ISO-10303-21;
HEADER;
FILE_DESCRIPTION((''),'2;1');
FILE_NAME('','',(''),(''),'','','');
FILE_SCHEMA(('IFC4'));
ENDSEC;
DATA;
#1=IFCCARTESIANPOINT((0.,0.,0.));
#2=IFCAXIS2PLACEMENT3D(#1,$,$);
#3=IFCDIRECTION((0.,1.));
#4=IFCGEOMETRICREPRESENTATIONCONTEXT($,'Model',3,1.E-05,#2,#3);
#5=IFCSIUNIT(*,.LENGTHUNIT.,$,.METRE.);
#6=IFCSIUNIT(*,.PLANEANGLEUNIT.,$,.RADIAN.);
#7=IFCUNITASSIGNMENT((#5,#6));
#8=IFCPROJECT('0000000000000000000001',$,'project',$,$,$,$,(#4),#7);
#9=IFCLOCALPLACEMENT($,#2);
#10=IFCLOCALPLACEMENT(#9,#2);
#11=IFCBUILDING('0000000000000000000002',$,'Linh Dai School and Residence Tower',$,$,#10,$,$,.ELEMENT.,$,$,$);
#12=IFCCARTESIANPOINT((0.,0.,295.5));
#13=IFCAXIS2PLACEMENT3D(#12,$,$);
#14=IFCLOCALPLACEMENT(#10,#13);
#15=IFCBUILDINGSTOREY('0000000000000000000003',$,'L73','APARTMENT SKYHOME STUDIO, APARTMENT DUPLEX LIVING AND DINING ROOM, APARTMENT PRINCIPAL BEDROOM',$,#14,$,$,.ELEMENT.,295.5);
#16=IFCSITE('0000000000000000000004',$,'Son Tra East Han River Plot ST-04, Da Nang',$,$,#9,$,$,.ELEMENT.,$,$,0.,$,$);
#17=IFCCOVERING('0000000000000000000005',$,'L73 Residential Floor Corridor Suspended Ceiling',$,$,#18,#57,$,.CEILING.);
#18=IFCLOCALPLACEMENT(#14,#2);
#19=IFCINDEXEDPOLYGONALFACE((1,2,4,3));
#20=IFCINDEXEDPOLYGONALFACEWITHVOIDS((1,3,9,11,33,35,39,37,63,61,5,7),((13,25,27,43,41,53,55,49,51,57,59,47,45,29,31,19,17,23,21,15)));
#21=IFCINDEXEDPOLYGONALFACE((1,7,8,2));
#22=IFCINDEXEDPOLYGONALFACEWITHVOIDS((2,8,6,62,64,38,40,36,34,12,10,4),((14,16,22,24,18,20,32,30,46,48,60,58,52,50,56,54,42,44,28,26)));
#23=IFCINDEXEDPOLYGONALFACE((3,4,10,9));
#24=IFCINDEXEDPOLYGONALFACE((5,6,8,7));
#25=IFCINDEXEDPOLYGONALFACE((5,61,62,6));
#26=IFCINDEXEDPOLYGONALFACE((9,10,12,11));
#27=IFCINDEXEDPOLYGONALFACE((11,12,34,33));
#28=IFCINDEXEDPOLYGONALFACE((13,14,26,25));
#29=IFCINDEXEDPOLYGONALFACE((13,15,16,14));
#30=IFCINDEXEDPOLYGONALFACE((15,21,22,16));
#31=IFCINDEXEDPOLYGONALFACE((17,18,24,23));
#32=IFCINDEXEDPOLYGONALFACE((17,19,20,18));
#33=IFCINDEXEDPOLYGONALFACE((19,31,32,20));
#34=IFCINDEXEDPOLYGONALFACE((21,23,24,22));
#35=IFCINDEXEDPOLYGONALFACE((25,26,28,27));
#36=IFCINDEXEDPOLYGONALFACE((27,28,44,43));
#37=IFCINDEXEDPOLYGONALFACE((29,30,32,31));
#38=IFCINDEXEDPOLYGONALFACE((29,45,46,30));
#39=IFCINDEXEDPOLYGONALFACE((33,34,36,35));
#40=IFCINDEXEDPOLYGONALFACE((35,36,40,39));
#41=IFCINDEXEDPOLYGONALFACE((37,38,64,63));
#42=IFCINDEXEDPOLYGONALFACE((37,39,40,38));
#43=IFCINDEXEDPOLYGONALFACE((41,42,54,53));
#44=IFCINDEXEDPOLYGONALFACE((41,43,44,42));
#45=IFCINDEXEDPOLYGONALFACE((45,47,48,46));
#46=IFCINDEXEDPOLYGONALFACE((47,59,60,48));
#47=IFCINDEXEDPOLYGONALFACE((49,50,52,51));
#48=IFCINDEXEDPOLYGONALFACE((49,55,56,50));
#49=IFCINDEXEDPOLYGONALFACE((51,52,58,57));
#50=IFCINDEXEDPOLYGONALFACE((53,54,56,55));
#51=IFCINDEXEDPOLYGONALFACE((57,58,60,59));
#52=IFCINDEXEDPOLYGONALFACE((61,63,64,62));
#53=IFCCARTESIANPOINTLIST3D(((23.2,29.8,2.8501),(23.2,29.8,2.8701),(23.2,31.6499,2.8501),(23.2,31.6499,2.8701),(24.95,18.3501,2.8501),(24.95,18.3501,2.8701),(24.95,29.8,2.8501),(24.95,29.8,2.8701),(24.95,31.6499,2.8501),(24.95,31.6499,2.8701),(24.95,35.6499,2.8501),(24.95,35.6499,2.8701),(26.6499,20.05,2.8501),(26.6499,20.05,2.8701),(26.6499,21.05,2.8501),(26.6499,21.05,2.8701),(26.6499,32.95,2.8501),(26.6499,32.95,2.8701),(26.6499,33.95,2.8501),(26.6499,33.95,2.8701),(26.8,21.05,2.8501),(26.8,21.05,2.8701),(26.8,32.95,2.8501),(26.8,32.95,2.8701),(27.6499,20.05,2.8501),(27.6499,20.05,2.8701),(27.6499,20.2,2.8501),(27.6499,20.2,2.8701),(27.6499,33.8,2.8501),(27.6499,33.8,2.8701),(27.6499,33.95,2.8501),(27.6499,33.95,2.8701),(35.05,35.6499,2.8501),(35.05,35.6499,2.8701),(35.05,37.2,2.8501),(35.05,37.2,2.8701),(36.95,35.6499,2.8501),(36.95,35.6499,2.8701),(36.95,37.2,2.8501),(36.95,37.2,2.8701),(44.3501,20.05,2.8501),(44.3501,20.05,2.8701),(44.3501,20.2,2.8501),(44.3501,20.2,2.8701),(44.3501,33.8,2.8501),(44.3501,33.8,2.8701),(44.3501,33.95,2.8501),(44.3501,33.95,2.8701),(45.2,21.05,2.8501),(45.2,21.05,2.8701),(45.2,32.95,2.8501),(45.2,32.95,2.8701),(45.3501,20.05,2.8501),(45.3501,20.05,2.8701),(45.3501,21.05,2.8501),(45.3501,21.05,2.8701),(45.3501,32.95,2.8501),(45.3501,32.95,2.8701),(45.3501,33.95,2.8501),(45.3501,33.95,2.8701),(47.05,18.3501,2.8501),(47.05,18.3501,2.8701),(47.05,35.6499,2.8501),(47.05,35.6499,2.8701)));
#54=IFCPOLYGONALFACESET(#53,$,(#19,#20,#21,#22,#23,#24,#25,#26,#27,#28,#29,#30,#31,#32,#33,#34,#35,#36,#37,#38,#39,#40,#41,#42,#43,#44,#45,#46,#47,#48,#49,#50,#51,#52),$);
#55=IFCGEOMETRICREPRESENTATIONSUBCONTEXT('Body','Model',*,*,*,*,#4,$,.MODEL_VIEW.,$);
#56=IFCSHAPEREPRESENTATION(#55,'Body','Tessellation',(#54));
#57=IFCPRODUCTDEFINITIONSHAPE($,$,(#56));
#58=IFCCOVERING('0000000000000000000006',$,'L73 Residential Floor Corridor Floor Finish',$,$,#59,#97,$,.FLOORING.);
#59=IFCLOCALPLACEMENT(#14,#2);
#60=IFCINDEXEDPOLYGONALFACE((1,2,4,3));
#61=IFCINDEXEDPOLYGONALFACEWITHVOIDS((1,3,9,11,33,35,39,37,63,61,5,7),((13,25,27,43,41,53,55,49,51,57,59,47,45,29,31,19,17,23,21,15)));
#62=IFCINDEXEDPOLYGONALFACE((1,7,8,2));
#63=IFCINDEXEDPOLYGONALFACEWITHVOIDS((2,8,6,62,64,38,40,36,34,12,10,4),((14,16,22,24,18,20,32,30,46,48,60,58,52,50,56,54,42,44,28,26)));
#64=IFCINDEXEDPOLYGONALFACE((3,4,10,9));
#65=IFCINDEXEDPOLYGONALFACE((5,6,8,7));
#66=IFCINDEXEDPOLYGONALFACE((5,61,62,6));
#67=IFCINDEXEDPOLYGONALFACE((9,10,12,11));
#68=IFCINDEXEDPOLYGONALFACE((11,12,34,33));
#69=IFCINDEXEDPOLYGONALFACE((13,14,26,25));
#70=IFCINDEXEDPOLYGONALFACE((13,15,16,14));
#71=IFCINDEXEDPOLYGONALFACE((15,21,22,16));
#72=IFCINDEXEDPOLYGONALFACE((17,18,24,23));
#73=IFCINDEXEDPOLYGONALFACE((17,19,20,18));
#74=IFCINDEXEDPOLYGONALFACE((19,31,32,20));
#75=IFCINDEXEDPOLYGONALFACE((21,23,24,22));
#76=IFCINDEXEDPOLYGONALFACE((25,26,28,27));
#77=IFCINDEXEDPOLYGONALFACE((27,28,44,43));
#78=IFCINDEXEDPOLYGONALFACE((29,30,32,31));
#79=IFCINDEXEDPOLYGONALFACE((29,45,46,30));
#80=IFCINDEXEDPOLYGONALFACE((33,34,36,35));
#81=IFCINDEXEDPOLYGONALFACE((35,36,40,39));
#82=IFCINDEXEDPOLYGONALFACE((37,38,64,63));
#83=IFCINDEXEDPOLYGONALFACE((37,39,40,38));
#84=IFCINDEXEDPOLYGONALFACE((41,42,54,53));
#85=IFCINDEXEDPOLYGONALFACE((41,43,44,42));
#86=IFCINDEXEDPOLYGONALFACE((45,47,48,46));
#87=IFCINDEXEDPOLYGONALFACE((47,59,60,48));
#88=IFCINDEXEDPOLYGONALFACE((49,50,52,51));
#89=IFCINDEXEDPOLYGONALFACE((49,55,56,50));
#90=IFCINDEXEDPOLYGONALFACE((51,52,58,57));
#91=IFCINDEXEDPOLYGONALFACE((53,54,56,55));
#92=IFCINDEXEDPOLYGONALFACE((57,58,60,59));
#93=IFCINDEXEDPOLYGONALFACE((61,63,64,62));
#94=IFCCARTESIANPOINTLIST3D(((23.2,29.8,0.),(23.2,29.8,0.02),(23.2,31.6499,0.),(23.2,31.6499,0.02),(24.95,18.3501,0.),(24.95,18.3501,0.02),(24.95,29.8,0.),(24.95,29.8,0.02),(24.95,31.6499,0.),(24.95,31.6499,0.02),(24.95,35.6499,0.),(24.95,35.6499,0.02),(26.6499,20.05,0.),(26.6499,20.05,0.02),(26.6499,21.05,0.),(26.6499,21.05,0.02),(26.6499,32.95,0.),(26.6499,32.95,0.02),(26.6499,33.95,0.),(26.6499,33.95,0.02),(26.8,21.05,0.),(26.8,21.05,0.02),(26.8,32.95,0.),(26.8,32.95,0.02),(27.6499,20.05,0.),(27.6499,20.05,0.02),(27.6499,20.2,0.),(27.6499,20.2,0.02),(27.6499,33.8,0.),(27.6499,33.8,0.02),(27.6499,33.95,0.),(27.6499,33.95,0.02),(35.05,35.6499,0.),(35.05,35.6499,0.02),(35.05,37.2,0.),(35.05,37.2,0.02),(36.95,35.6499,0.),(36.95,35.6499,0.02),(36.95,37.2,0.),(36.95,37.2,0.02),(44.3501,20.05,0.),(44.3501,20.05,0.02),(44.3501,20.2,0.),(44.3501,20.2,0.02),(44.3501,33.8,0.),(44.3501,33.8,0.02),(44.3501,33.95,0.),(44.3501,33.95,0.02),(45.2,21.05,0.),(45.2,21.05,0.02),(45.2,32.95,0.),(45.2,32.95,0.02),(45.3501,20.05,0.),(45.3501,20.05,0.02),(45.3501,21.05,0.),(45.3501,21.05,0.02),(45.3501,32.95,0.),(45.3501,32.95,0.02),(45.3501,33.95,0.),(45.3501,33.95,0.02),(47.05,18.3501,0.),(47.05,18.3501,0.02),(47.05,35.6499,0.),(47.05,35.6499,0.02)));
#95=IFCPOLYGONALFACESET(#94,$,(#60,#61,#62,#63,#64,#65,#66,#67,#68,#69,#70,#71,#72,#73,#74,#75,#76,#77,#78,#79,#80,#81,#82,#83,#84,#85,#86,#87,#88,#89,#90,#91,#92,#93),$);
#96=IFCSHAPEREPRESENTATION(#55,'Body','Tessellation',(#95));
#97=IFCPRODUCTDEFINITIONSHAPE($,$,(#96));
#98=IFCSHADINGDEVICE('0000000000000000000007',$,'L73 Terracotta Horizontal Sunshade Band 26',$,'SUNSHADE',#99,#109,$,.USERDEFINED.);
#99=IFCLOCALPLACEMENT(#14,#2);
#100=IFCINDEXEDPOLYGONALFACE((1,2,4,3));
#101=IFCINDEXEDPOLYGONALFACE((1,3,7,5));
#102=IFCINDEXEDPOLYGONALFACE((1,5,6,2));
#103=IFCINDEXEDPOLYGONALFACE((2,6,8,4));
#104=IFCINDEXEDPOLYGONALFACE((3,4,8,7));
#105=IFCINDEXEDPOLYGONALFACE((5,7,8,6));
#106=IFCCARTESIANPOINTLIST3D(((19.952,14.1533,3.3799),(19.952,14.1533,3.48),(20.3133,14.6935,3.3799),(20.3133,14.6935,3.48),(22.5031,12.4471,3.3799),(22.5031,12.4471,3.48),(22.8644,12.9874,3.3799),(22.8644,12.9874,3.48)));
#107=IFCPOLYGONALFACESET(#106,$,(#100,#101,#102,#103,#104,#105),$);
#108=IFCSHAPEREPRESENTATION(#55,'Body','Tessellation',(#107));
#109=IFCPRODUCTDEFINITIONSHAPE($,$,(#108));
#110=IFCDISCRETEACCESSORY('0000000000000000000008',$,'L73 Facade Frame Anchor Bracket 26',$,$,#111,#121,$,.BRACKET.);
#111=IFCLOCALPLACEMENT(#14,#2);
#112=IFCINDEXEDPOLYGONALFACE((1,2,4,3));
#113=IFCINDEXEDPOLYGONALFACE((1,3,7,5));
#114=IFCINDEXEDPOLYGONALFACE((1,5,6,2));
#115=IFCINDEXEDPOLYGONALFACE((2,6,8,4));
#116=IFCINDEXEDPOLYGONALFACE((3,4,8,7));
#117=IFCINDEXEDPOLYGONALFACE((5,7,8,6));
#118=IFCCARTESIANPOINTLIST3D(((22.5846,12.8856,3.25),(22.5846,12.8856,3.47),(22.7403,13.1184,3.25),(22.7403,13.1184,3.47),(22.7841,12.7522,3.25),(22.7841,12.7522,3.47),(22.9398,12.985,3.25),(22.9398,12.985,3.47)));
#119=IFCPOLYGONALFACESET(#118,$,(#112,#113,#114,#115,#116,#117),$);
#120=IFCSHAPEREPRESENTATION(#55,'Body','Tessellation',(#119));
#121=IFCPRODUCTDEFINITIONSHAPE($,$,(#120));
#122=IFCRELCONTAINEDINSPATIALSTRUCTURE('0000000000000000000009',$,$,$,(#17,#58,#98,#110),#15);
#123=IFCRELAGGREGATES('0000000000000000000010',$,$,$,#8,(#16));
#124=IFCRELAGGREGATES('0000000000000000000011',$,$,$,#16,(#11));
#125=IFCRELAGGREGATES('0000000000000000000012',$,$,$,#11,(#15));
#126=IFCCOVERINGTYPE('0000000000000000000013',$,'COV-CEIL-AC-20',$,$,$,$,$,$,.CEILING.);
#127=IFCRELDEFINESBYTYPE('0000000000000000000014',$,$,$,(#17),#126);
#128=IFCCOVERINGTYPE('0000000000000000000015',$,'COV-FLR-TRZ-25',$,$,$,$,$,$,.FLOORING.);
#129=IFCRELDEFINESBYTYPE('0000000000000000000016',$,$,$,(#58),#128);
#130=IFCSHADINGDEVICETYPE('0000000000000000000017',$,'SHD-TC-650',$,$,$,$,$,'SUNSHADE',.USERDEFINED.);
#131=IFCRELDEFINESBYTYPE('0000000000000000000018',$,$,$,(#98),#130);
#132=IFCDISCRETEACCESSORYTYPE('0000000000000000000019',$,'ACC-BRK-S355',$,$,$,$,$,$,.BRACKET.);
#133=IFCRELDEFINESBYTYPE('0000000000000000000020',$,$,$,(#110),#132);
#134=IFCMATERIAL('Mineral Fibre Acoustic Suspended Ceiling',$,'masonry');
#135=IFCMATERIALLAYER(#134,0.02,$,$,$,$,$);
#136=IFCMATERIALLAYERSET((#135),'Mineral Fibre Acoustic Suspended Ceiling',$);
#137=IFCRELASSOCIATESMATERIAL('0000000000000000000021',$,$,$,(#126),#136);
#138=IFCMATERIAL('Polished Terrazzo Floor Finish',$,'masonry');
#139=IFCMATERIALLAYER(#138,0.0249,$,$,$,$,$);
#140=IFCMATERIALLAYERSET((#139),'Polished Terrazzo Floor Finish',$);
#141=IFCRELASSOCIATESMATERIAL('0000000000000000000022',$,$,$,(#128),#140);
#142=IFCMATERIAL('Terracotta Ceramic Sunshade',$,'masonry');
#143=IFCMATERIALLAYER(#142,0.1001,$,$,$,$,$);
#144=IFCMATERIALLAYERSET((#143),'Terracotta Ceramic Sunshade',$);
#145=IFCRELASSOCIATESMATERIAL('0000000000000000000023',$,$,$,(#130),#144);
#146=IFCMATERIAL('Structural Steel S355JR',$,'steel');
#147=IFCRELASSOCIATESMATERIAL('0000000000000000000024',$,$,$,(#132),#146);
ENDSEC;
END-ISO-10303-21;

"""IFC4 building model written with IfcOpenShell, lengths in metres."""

from ifc_helpers import new_model, si_unit, direction, frame, origin, origin_2d, place, context, subcontext, project, spatial, polyline, rectangle, outline, extrude, source, transform, mapped, material, layer, layer_set, type_object, element, save


model = new_model("IFC4")

# Units and contexts
model_context = context("Model", 3, precision=1e-05, world=origin(), true_north=direction((0.0, 1.0)))
body_context = subcontext(model_context, "Body", "Model", "MODEL_VIEW")
ifc_project = project(units=[si_unit("LENGTHUNIT", "METRE"), si_unit("PLANEANGLEUNIT", "RADIAN")], contexts=[model_context])

# Site, building, storey
site_placement = place(None, origin())
site = spatial("IfcSite", under=ifc_project, at=site_placement, Name="Son Tra East Han River Plot ST-04, Da Nang", CompositionType="ELEMENT", RefElevation=0.0)
building_placement = place(site_placement, origin())
building = spatial("IfcBuilding", under=site, at=building_placement, Name="Linh Dai School and Residence Tower", CompositionType="ELEMENT")
storey_placement = place(building_placement, frame((0.0, 0.0, 295.5)))
storey = spatial("IfcBuildingStorey", under=building, at=storey_placement, Name="L73", Description="APARTMENT SKYHOME STUDIO, APARTMENT DUPLEX LIVING AND DINING ROOM, APARTMENT PRINCIPAL BEDROOM", CompositionType="ELEMENT", Elevation=295.5)

# Shared definitions
ifc_material_1 = material(Name="Structural Steel S355JR", Category="steel")

# Coverings
ifc_material_2 = material(Name="Mineral Fibre Acoustic Suspended Ceiling", Category="masonry")
ifc_layer_1 = layer(ifc_material_2, 0.02)
ifc_layer_set_1 = layer_set([ifc_layer_1], Name="Mineral Fibre Acoustic Suspended Ceiling")
covering_type_1 = type_object("IfcCoveringType", Name="COV-CEIL-AC-20", PredefinedType="CEILING", material=ifc_layer_set_1)
covering_1_placement = place(storey_placement, frame((0.0, 0.0, 2.8501)))
element("IfcCovering", 1, at=covering_1_placement, inside=storey, type_object=covering_type_1, Name="L73 Residential Floor Corridor Suspended Ceiling", PredefinedType="CEILING", context=body_context, shape_type="SweptSolid", body=[
    extrude(outline(polyline([(23.2, 31.6499), (24.95, 31.6499), (24.95, 35.6499), (35.05, 35.6499), (35.05, 37.2), (36.95, 37.2), (36.95, 35.6499), (47.05, 35.6499), (47.05, 18.3501), (24.95, 18.3501), (24.95, 29.8), (23.2, 29.8), (23.2, 31.6499)]), holes=[polyline([(27.6499, 33.8), (27.6499, 33.95), (26.6499, 33.95), (26.6499, 32.95), (26.8, 32.95), (26.8, 21.05), (26.6499, 21.05), (26.6499, 20.05), (27.6499, 20.05), (27.6499, 20.2), (44.3501, 20.2), (44.3501, 20.05), (45.3501, 20.05), (45.3501, 21.05), (45.2, 21.05), (45.2, 32.95), (45.3501, 32.95), (45.3501, 33.95), (44.3501, 33.95), (44.3501, 33.8), (27.6499, 33.8)])]), origin(), (0.0, 0.0, 1.0), 0.02),
])
ifc_material_3 = material(Name="Polished Terrazzo Floor Finish", Category="masonry")
ifc_layer_2 = layer(ifc_material_3, 0.0249)
ifc_layer_set_2 = layer_set([ifc_layer_2], Name="Polished Terrazzo Floor Finish")
covering_type_2 = type_object("IfcCoveringType", Name="COV-FLR-TRZ-25", PredefinedType="FLOORING", material=ifc_layer_set_2)
covering_2_placement = place(storey_placement, origin())
element("IfcCovering", 2, at=covering_2_placement, inside=storey, type_object=covering_type_2, Name="L73 Residential Floor Corridor Floor Finish", PredefinedType="FLOORING", context=body_context, shape_type="SweptSolid", body=[
    extrude(outline(polyline([(23.2, 31.6499), (24.95, 31.6499), (24.95, 35.6499), (35.05, 35.6499), (35.05, 37.2), (36.95, 37.2), (36.95, 35.6499), (47.05, 35.6499), (47.05, 18.3501), (24.95, 18.3501), (24.95, 29.8), (23.2, 29.8), (23.2, 31.6499)]), holes=[polyline([(27.6499, 33.8), (27.6499, 33.95), (26.6499, 33.95), (26.6499, 32.95), (26.8, 32.95), (26.8, 21.05), (26.6499, 21.05), (26.6499, 20.05), (27.6499, 20.05), (27.6499, 20.2), (44.3501, 20.2), (44.3501, 20.05), (45.3501, 20.05), (45.3501, 21.05), (45.2, 21.05), (45.2, 32.95), (45.3501, 32.95), (45.3501, 33.95), (44.3501, 33.95), (44.3501, 33.8), (27.6499, 33.8)])]), origin(), (0.0, 0.0, 1.0), 0.02),
])

# Shading device
ifc_material_4 = material(Name="Terracotta Ceramic Sunshade", Category="masonry")
ifc_layer_3 = layer(ifc_material_4, 0.1001)
ifc_layer_set_3 = layer_set([ifc_layer_3], Name="Terracotta Ceramic Sunshade")
shading_device_type = type_object("IfcShadingDeviceType", Name="SHD-TC-650", ElementType="SUNSHADE", PredefinedType="USERDEFINED", material=ifc_layer_set_3)
shared_shape_1 = source(origin(), body_context, "Body", "SweptSolid", [
    extrude(rectangle(XDim=3.0691, YDim=0.6499, at=origin_2d()), origin(), (0.0, 0.0, 1.0), 0.1001),
])
shading_device_placement = place(storey_placement, frame((21.4082, 13.5703, 3.3799), z_axis=(0.0, 0.0, 1.0), x_axis=(-0.831245, 0.555906, 0.0)))
element("IfcShadingDevice", 3, at=shading_device_placement, inside=storey, type_object=shading_device_type, Name="L73 Terracotta Horizontal Sunshade Band 26", ObjectType="SUNSHADE", PredefinedType="USERDEFINED", context=body_context, shape_type="MappedRepresentation", body=[
    mapped(shared_shape_1, transform((0.0, 0.0, 0.0), x_axis=(1.0, 0.0, 0.0), y_axis=(0.0, 1.0, 0.0), z_axis=(0.0, 0.0, 1.0), scale=1.0)),
])

# Discrete accessory
discrete_accessory_type = type_object("IfcDiscreteAccessoryType", Name="ACC-BRK-S355", PredefinedType="BRACKET", material=ifc_material_1)
shared_shape_2 = source(origin(), body_context, "Body", "SweptSolid", [
    extrude(rectangle(XDim=0.28, YDim=0.24, at=origin_2d()), origin(), (0.0, 0.0, 1.0), 0.22),
])
discrete_accessory_placement = place(storey_placement, frame((22.7622, 12.9353, 3.25), z_axis=(0.0, 0.0, 1.0), x_axis=(-0.555906, -0.831245, 0.0)))
element("IfcDiscreteAccessory", 4, at=discrete_accessory_placement, inside=storey, type_object=discrete_accessory_type, Name="L73 Facade Frame Anchor Bracket 26", PredefinedType="BRACKET", context=body_context, shape_type="MappedRepresentation", body=[
    mapped(shared_shape_2, transform((0.0, 0.0, 0.0), x_axis=(1.0, 0.0, 0.0), y_axis=(0.0, 1.0, 0.0), z_axis=(0.0, 0.0, 1.0), scale=1.0)),
])

save(model, "model.ifc")
